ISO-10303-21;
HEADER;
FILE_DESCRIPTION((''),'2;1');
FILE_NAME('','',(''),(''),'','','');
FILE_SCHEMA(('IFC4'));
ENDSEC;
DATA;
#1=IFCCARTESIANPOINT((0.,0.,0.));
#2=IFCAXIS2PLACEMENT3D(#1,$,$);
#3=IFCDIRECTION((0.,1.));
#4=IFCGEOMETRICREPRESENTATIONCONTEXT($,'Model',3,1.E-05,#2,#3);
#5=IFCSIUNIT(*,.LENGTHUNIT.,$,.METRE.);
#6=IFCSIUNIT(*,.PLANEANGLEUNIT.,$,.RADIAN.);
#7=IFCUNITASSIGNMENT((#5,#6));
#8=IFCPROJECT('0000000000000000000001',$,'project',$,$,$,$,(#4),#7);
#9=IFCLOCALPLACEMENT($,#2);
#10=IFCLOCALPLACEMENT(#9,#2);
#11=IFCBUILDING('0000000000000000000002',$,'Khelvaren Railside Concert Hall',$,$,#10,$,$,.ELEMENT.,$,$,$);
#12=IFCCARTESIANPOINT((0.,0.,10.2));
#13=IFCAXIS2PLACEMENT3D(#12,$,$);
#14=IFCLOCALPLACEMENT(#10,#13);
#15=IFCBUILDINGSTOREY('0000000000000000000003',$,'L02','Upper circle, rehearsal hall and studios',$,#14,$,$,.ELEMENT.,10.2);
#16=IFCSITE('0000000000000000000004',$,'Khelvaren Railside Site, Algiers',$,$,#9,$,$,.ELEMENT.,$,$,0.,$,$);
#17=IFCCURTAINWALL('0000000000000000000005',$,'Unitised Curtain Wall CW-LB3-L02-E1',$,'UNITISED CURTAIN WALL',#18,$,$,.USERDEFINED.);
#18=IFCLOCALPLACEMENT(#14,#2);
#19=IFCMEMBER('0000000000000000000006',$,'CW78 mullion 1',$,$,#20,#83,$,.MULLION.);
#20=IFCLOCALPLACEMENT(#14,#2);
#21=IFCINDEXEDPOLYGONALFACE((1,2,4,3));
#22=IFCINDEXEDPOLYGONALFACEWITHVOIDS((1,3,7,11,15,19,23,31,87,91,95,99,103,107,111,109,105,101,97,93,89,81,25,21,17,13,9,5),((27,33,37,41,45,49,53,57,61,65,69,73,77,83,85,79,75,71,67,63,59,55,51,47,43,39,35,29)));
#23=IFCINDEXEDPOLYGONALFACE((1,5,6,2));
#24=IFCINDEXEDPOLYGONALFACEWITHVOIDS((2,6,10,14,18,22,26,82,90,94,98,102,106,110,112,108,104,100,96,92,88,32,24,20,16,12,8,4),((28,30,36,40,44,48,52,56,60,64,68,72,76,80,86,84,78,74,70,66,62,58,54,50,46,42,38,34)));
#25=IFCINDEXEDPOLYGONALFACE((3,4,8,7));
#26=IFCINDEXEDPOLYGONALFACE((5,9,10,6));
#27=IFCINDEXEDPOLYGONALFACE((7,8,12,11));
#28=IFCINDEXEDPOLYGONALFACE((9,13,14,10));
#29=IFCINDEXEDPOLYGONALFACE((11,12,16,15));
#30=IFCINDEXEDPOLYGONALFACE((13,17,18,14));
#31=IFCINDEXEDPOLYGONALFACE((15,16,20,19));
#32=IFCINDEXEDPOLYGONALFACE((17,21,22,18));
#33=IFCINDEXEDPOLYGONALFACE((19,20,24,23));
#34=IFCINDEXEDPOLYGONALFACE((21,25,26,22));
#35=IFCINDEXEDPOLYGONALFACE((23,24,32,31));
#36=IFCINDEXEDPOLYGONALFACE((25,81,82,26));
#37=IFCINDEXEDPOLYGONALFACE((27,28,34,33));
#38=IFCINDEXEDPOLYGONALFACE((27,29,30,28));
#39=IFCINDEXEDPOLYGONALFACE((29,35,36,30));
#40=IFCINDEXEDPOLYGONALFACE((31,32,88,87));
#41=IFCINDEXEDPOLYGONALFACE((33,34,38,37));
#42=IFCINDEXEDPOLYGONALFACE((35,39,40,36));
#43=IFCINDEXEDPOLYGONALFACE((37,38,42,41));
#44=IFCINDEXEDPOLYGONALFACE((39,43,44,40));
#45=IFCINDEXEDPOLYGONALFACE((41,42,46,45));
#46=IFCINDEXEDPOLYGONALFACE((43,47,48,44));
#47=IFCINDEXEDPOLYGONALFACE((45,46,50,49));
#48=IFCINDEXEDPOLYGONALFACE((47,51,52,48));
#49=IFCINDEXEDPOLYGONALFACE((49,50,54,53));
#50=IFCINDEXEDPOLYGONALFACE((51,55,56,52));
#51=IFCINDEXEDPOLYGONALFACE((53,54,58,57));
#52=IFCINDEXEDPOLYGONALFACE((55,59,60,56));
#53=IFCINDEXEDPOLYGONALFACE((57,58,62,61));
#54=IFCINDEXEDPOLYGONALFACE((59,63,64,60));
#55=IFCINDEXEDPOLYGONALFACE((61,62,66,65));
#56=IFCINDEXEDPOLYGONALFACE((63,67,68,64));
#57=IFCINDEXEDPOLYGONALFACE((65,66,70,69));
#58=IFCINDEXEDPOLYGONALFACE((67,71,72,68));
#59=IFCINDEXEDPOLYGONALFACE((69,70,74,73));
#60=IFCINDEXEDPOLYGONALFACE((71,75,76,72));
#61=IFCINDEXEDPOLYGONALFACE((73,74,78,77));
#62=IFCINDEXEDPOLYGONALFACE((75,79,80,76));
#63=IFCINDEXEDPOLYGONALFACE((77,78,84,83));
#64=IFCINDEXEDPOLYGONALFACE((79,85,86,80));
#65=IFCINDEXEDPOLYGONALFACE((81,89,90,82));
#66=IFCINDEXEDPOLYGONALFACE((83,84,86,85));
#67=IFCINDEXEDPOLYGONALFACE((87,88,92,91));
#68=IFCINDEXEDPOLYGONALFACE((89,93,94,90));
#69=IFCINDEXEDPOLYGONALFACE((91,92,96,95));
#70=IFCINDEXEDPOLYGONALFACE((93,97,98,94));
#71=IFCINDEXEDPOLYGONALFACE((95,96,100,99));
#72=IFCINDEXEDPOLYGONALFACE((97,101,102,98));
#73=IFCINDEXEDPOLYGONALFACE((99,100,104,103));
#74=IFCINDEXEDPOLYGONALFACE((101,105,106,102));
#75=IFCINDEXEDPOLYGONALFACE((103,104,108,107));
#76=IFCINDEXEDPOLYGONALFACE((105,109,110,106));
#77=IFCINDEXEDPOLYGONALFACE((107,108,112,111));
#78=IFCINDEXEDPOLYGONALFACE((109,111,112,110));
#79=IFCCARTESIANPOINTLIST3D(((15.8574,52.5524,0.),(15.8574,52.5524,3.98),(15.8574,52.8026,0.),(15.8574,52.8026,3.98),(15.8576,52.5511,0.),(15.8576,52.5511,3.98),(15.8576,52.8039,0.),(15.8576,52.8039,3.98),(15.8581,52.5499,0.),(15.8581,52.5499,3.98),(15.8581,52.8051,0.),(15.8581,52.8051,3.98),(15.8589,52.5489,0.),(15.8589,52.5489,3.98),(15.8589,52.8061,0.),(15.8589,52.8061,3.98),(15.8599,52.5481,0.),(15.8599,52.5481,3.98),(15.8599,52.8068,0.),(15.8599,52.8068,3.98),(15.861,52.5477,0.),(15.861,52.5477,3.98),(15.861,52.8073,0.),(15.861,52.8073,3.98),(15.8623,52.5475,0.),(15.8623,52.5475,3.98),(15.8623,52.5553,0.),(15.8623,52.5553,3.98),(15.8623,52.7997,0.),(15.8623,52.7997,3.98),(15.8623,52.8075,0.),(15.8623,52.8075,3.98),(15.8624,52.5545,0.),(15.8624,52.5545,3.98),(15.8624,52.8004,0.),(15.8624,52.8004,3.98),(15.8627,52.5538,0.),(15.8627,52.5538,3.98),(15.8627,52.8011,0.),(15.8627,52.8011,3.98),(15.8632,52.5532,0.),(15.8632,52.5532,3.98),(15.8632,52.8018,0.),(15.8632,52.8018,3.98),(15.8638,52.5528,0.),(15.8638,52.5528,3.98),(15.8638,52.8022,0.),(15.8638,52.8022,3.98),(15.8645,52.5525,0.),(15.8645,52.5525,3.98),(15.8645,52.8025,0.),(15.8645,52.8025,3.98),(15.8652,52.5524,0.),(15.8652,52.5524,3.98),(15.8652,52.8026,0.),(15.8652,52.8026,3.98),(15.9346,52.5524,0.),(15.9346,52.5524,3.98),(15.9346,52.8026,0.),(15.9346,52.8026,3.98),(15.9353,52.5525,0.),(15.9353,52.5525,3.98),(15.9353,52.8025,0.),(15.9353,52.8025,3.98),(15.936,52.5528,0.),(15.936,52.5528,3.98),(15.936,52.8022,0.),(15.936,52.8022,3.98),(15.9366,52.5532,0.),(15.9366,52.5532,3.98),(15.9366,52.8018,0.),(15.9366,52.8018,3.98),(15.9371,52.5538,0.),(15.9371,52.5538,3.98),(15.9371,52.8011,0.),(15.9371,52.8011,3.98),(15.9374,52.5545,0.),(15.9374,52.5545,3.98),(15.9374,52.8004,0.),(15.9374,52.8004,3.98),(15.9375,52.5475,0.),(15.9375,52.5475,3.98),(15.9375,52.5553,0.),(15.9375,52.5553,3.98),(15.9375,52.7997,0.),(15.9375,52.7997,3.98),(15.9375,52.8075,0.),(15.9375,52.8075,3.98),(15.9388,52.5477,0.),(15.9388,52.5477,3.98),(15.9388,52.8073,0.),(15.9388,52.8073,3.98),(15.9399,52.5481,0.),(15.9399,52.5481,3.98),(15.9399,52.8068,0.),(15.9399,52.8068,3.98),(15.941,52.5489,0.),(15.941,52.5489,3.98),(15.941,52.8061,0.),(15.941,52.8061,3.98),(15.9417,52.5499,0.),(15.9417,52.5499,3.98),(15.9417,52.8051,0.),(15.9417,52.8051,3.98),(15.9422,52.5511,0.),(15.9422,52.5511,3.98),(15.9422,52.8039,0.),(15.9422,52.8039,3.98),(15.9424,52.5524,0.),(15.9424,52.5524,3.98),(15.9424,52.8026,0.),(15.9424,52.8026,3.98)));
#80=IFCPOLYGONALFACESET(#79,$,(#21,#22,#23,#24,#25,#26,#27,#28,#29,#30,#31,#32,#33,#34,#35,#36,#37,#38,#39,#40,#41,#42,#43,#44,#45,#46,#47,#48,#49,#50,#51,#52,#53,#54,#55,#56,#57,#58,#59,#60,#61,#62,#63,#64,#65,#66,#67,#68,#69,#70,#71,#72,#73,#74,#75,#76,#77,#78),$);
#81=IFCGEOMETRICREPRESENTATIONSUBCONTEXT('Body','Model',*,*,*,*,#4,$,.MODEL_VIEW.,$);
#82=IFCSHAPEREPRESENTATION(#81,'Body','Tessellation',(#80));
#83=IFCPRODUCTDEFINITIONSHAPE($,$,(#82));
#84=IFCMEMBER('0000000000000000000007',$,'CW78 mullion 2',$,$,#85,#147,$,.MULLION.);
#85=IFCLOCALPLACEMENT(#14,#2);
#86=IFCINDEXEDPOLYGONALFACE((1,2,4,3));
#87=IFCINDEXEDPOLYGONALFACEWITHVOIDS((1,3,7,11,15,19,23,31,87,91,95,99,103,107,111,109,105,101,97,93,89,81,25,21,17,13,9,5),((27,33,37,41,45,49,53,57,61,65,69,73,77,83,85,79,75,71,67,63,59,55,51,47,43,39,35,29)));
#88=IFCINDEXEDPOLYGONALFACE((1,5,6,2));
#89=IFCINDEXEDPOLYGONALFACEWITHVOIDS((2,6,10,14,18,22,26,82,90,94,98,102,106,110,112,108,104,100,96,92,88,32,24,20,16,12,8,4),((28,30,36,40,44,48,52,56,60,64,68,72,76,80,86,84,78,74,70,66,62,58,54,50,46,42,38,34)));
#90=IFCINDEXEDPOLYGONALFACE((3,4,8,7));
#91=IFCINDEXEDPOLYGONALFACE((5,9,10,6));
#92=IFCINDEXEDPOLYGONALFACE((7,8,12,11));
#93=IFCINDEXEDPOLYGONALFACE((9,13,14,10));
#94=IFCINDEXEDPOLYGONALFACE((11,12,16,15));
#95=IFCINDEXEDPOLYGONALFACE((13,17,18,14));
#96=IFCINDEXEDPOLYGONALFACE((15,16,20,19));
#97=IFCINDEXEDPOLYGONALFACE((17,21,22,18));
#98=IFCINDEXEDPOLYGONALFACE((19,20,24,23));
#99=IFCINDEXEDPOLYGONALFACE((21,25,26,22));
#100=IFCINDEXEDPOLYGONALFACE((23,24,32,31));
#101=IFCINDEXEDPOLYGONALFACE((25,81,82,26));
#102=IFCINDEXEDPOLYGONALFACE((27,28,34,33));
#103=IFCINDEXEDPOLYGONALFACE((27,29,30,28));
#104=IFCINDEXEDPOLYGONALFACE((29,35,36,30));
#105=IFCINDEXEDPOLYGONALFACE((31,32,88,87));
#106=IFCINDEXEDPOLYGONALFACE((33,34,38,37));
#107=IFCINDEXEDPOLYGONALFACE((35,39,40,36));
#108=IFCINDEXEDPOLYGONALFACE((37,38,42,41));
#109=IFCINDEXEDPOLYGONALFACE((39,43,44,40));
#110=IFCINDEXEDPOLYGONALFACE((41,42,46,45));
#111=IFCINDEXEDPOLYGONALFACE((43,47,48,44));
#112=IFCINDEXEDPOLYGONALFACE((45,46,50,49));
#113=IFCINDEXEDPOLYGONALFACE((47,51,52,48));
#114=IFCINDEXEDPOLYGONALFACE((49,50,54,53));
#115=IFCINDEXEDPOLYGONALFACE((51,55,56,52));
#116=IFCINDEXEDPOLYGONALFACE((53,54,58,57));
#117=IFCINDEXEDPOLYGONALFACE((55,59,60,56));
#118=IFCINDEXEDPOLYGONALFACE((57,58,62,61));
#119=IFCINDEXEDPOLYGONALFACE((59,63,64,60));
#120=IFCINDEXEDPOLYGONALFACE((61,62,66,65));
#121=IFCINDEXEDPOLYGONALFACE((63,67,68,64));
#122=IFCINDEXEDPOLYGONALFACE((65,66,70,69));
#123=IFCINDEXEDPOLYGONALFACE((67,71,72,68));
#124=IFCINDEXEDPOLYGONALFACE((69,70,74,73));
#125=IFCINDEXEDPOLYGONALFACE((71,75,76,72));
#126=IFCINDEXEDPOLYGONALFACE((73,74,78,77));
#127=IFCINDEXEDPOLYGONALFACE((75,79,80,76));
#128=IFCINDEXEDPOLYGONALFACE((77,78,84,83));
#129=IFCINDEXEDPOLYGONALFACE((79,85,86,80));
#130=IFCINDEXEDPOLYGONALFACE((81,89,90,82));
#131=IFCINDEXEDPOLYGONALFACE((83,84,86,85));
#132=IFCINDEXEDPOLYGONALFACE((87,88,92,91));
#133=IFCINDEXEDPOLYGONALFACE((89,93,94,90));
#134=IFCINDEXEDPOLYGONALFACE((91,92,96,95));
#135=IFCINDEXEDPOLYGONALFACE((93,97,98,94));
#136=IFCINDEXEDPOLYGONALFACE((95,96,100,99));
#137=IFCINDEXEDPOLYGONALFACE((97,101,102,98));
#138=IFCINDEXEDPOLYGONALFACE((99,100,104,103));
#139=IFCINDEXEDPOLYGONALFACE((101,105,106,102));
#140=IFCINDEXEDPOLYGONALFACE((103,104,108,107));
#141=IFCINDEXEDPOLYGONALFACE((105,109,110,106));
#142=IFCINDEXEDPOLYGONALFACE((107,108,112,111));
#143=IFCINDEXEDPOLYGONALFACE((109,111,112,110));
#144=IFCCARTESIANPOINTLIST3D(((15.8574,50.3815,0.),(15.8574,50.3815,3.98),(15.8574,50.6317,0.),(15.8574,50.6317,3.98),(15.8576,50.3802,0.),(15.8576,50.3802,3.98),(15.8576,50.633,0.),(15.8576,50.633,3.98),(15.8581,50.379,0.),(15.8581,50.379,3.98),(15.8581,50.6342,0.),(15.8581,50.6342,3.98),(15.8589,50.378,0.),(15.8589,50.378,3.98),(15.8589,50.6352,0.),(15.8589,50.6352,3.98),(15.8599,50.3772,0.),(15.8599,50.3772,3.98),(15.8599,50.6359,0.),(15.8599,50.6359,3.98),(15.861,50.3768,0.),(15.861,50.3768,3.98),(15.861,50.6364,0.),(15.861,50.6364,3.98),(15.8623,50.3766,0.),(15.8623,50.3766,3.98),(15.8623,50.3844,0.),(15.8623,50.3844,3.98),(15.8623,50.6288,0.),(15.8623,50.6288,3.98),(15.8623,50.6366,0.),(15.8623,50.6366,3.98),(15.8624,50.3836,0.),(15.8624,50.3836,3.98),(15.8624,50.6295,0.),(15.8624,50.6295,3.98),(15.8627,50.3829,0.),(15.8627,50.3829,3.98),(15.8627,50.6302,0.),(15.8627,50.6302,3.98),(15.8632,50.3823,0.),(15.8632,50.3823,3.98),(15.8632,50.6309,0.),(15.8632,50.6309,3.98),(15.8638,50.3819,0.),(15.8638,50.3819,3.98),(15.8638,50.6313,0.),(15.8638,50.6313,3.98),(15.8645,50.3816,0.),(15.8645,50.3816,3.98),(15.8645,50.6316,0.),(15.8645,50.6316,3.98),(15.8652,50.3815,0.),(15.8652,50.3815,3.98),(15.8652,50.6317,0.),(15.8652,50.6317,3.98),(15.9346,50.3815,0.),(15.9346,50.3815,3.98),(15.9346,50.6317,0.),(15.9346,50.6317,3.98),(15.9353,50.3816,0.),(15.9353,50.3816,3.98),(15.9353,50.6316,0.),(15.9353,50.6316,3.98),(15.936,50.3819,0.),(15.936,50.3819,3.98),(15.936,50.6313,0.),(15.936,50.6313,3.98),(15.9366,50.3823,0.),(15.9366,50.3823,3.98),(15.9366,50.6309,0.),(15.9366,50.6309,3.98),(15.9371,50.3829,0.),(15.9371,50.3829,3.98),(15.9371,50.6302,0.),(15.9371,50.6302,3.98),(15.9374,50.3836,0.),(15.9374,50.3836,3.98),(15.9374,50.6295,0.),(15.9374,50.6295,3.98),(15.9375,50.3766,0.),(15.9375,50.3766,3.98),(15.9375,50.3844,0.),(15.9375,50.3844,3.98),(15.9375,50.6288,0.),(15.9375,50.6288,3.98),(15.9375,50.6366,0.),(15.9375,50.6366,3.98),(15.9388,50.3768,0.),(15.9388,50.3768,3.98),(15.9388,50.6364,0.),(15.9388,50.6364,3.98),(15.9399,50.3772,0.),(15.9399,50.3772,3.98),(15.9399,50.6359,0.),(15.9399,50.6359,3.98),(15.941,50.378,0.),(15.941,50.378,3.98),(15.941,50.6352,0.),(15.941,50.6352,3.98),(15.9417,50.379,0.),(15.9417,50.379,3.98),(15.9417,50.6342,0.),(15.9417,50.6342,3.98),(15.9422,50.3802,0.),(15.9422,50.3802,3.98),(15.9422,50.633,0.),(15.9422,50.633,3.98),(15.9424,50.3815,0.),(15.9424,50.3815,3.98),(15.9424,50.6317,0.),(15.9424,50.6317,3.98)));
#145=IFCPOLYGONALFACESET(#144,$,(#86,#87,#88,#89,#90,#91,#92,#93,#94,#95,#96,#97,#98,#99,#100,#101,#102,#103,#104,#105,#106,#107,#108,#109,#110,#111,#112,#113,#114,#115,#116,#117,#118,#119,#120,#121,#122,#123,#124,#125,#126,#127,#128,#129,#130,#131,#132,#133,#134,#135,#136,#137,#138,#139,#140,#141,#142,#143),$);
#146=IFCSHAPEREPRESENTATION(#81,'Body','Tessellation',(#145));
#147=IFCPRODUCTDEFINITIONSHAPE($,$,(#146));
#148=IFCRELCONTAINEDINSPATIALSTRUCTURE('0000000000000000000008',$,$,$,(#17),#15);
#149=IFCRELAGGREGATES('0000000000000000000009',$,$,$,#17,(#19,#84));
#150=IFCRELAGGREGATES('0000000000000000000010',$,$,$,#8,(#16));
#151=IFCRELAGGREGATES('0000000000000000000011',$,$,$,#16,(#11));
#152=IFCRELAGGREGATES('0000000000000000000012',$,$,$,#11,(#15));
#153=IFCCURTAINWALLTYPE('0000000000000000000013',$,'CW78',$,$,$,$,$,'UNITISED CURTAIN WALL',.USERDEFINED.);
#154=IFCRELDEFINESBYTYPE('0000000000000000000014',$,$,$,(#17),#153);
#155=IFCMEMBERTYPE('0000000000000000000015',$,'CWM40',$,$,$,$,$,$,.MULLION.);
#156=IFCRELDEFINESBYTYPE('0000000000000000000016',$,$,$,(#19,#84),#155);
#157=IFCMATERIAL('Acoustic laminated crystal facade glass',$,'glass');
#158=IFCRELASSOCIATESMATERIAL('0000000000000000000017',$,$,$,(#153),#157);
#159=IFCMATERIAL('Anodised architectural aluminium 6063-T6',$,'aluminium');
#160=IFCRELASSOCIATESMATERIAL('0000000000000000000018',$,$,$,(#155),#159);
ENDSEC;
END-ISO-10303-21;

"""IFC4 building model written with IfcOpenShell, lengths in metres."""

from ifc_helpers import new_model, si_unit, direction, frame, origin, origin_2d, place, context, subcontext, project, spatial, hollow_rectangle, extrude, material, material_profile, profile_set, type_object, element, aggregate, save


model = new_model("IFC4")

# Units and contexts
model_context = context("Model", 3, precision=1e-05, world=origin(), true_north=direction((0.0, 1.0)))
body_context = subcontext(model_context, "Body", "Model", "MODEL_VIEW")
ifc_project = project(units=[si_unit("LENGTHUNIT", "METRE"), si_unit("PLANEANGLEUNIT", "RADIAN")], contexts=[model_context])

# Site, building, storey
site_placement = place(None, origin())
site = spatial("IfcSite", under=ifc_project, at=site_placement, Name="Khelvaren Railside Site, Algiers", CompositionType="ELEMENT", RefElevation=0.0)
building_placement = place(site_placement, origin())
building = spatial("IfcBuilding", under=site, at=building_placement, Name="Khelvaren Railside Concert Hall", CompositionType="ELEMENT")
storey_placement = place(building_placement, frame((0.0, 0.0, 10.2)))
storey = spatial("IfcBuildingStorey", under=building, at=storey_placement, Name="L02", Description="Upper circle, rehearsal hall and studios", CompositionType="ELEMENT", Elevation=10.2)

# Curtain wall, members
ifc_material_1 = material(Name="Acoustic laminated crystal facade glass", Category="glass")
curtain_wall_type = type_object("IfcCurtainWallType", Name="CW78", ElementType="UNITISED CURTAIN WALL", PredefinedType="USERDEFINED", material=ifc_material_1)
curtain_wall_1_placement = place(storey_placement, origin())
curtain_wall_1 = element("IfcCurtainWall", 1, at=curtain_wall_1_placement, inside=storey, type_object=curtain_wall_type, Name="Unitised Curtain Wall CW-LB3-L02-E1", ObjectType="UNITISED CURTAIN WALL", PredefinedType="USERDEFINED")
ifc_material_2 = material(Name="Anodised architectural aluminium 6063-T6", Category="aluminium")
ifc_material_profile_1 = material_profile(ifc_material_2, hollow_rectangle(XDim=0.085, YDim=0.26, WallThickness=0.0049, InnerFilletRadius=0.0029, OuterFilletRadius=0.0049, at=origin_2d()), Name="CWM 85x260x5")
ifc_profile_set_1 = profile_set([ifc_material_profile_1], Name="Anodised architectural aluminium 6063-T6")
member_type_1 = type_object("IfcMemberType", Name="CWM40", PredefinedType="MULLION", material=ifc_profile_set_1)
member_1_placement = place(storey_placement, frame((15.8999, 52.6775, 0.0), z_axis=(0.0, 0.0, 1.0), x_axis=(1.0, 0.0, 0.0)))
member_1 = element("IfcMember", 2, at=member_1_placement, type_object=member_type_1, Name="CW78 mullion 1", PredefinedType="MULLION", context=body_context, shape_type="SweptSolid", body=[
    extrude(hollow_rectangle(XDim=0.085, YDim=0.26, WallThickness=0.0049, InnerFilletRadius=0.0029, OuterFilletRadius=0.0049, at=origin_2d()), origin(), (0.0, 0.0, 1.0), 3.98),
])
member_2_placement = place(storey_placement, frame((15.8999, 50.5066, 0.0), z_axis=(0.0, 0.0, 1.0), x_axis=(1.0, 0.0, 0.0)))
member_2 = element("IfcMember", 3, at=member_2_placement, type_object=member_type_1, Name="CW78 mullion 2", PredefinedType="MULLION", context=body_context, shape_type="SweptSolid", body=[
    extrude(hollow_rectangle(XDim=0.085, YDim=0.26, WallThickness=0.0049, InnerFilletRadius=0.0029, OuterFilletRadius=0.0049, at=origin_2d()), origin(), (0.0, 0.0, 1.0), 3.98),
])

aggregate(curtain_wall_1, [member_1, member_2])

save(model, "model.ifc")
